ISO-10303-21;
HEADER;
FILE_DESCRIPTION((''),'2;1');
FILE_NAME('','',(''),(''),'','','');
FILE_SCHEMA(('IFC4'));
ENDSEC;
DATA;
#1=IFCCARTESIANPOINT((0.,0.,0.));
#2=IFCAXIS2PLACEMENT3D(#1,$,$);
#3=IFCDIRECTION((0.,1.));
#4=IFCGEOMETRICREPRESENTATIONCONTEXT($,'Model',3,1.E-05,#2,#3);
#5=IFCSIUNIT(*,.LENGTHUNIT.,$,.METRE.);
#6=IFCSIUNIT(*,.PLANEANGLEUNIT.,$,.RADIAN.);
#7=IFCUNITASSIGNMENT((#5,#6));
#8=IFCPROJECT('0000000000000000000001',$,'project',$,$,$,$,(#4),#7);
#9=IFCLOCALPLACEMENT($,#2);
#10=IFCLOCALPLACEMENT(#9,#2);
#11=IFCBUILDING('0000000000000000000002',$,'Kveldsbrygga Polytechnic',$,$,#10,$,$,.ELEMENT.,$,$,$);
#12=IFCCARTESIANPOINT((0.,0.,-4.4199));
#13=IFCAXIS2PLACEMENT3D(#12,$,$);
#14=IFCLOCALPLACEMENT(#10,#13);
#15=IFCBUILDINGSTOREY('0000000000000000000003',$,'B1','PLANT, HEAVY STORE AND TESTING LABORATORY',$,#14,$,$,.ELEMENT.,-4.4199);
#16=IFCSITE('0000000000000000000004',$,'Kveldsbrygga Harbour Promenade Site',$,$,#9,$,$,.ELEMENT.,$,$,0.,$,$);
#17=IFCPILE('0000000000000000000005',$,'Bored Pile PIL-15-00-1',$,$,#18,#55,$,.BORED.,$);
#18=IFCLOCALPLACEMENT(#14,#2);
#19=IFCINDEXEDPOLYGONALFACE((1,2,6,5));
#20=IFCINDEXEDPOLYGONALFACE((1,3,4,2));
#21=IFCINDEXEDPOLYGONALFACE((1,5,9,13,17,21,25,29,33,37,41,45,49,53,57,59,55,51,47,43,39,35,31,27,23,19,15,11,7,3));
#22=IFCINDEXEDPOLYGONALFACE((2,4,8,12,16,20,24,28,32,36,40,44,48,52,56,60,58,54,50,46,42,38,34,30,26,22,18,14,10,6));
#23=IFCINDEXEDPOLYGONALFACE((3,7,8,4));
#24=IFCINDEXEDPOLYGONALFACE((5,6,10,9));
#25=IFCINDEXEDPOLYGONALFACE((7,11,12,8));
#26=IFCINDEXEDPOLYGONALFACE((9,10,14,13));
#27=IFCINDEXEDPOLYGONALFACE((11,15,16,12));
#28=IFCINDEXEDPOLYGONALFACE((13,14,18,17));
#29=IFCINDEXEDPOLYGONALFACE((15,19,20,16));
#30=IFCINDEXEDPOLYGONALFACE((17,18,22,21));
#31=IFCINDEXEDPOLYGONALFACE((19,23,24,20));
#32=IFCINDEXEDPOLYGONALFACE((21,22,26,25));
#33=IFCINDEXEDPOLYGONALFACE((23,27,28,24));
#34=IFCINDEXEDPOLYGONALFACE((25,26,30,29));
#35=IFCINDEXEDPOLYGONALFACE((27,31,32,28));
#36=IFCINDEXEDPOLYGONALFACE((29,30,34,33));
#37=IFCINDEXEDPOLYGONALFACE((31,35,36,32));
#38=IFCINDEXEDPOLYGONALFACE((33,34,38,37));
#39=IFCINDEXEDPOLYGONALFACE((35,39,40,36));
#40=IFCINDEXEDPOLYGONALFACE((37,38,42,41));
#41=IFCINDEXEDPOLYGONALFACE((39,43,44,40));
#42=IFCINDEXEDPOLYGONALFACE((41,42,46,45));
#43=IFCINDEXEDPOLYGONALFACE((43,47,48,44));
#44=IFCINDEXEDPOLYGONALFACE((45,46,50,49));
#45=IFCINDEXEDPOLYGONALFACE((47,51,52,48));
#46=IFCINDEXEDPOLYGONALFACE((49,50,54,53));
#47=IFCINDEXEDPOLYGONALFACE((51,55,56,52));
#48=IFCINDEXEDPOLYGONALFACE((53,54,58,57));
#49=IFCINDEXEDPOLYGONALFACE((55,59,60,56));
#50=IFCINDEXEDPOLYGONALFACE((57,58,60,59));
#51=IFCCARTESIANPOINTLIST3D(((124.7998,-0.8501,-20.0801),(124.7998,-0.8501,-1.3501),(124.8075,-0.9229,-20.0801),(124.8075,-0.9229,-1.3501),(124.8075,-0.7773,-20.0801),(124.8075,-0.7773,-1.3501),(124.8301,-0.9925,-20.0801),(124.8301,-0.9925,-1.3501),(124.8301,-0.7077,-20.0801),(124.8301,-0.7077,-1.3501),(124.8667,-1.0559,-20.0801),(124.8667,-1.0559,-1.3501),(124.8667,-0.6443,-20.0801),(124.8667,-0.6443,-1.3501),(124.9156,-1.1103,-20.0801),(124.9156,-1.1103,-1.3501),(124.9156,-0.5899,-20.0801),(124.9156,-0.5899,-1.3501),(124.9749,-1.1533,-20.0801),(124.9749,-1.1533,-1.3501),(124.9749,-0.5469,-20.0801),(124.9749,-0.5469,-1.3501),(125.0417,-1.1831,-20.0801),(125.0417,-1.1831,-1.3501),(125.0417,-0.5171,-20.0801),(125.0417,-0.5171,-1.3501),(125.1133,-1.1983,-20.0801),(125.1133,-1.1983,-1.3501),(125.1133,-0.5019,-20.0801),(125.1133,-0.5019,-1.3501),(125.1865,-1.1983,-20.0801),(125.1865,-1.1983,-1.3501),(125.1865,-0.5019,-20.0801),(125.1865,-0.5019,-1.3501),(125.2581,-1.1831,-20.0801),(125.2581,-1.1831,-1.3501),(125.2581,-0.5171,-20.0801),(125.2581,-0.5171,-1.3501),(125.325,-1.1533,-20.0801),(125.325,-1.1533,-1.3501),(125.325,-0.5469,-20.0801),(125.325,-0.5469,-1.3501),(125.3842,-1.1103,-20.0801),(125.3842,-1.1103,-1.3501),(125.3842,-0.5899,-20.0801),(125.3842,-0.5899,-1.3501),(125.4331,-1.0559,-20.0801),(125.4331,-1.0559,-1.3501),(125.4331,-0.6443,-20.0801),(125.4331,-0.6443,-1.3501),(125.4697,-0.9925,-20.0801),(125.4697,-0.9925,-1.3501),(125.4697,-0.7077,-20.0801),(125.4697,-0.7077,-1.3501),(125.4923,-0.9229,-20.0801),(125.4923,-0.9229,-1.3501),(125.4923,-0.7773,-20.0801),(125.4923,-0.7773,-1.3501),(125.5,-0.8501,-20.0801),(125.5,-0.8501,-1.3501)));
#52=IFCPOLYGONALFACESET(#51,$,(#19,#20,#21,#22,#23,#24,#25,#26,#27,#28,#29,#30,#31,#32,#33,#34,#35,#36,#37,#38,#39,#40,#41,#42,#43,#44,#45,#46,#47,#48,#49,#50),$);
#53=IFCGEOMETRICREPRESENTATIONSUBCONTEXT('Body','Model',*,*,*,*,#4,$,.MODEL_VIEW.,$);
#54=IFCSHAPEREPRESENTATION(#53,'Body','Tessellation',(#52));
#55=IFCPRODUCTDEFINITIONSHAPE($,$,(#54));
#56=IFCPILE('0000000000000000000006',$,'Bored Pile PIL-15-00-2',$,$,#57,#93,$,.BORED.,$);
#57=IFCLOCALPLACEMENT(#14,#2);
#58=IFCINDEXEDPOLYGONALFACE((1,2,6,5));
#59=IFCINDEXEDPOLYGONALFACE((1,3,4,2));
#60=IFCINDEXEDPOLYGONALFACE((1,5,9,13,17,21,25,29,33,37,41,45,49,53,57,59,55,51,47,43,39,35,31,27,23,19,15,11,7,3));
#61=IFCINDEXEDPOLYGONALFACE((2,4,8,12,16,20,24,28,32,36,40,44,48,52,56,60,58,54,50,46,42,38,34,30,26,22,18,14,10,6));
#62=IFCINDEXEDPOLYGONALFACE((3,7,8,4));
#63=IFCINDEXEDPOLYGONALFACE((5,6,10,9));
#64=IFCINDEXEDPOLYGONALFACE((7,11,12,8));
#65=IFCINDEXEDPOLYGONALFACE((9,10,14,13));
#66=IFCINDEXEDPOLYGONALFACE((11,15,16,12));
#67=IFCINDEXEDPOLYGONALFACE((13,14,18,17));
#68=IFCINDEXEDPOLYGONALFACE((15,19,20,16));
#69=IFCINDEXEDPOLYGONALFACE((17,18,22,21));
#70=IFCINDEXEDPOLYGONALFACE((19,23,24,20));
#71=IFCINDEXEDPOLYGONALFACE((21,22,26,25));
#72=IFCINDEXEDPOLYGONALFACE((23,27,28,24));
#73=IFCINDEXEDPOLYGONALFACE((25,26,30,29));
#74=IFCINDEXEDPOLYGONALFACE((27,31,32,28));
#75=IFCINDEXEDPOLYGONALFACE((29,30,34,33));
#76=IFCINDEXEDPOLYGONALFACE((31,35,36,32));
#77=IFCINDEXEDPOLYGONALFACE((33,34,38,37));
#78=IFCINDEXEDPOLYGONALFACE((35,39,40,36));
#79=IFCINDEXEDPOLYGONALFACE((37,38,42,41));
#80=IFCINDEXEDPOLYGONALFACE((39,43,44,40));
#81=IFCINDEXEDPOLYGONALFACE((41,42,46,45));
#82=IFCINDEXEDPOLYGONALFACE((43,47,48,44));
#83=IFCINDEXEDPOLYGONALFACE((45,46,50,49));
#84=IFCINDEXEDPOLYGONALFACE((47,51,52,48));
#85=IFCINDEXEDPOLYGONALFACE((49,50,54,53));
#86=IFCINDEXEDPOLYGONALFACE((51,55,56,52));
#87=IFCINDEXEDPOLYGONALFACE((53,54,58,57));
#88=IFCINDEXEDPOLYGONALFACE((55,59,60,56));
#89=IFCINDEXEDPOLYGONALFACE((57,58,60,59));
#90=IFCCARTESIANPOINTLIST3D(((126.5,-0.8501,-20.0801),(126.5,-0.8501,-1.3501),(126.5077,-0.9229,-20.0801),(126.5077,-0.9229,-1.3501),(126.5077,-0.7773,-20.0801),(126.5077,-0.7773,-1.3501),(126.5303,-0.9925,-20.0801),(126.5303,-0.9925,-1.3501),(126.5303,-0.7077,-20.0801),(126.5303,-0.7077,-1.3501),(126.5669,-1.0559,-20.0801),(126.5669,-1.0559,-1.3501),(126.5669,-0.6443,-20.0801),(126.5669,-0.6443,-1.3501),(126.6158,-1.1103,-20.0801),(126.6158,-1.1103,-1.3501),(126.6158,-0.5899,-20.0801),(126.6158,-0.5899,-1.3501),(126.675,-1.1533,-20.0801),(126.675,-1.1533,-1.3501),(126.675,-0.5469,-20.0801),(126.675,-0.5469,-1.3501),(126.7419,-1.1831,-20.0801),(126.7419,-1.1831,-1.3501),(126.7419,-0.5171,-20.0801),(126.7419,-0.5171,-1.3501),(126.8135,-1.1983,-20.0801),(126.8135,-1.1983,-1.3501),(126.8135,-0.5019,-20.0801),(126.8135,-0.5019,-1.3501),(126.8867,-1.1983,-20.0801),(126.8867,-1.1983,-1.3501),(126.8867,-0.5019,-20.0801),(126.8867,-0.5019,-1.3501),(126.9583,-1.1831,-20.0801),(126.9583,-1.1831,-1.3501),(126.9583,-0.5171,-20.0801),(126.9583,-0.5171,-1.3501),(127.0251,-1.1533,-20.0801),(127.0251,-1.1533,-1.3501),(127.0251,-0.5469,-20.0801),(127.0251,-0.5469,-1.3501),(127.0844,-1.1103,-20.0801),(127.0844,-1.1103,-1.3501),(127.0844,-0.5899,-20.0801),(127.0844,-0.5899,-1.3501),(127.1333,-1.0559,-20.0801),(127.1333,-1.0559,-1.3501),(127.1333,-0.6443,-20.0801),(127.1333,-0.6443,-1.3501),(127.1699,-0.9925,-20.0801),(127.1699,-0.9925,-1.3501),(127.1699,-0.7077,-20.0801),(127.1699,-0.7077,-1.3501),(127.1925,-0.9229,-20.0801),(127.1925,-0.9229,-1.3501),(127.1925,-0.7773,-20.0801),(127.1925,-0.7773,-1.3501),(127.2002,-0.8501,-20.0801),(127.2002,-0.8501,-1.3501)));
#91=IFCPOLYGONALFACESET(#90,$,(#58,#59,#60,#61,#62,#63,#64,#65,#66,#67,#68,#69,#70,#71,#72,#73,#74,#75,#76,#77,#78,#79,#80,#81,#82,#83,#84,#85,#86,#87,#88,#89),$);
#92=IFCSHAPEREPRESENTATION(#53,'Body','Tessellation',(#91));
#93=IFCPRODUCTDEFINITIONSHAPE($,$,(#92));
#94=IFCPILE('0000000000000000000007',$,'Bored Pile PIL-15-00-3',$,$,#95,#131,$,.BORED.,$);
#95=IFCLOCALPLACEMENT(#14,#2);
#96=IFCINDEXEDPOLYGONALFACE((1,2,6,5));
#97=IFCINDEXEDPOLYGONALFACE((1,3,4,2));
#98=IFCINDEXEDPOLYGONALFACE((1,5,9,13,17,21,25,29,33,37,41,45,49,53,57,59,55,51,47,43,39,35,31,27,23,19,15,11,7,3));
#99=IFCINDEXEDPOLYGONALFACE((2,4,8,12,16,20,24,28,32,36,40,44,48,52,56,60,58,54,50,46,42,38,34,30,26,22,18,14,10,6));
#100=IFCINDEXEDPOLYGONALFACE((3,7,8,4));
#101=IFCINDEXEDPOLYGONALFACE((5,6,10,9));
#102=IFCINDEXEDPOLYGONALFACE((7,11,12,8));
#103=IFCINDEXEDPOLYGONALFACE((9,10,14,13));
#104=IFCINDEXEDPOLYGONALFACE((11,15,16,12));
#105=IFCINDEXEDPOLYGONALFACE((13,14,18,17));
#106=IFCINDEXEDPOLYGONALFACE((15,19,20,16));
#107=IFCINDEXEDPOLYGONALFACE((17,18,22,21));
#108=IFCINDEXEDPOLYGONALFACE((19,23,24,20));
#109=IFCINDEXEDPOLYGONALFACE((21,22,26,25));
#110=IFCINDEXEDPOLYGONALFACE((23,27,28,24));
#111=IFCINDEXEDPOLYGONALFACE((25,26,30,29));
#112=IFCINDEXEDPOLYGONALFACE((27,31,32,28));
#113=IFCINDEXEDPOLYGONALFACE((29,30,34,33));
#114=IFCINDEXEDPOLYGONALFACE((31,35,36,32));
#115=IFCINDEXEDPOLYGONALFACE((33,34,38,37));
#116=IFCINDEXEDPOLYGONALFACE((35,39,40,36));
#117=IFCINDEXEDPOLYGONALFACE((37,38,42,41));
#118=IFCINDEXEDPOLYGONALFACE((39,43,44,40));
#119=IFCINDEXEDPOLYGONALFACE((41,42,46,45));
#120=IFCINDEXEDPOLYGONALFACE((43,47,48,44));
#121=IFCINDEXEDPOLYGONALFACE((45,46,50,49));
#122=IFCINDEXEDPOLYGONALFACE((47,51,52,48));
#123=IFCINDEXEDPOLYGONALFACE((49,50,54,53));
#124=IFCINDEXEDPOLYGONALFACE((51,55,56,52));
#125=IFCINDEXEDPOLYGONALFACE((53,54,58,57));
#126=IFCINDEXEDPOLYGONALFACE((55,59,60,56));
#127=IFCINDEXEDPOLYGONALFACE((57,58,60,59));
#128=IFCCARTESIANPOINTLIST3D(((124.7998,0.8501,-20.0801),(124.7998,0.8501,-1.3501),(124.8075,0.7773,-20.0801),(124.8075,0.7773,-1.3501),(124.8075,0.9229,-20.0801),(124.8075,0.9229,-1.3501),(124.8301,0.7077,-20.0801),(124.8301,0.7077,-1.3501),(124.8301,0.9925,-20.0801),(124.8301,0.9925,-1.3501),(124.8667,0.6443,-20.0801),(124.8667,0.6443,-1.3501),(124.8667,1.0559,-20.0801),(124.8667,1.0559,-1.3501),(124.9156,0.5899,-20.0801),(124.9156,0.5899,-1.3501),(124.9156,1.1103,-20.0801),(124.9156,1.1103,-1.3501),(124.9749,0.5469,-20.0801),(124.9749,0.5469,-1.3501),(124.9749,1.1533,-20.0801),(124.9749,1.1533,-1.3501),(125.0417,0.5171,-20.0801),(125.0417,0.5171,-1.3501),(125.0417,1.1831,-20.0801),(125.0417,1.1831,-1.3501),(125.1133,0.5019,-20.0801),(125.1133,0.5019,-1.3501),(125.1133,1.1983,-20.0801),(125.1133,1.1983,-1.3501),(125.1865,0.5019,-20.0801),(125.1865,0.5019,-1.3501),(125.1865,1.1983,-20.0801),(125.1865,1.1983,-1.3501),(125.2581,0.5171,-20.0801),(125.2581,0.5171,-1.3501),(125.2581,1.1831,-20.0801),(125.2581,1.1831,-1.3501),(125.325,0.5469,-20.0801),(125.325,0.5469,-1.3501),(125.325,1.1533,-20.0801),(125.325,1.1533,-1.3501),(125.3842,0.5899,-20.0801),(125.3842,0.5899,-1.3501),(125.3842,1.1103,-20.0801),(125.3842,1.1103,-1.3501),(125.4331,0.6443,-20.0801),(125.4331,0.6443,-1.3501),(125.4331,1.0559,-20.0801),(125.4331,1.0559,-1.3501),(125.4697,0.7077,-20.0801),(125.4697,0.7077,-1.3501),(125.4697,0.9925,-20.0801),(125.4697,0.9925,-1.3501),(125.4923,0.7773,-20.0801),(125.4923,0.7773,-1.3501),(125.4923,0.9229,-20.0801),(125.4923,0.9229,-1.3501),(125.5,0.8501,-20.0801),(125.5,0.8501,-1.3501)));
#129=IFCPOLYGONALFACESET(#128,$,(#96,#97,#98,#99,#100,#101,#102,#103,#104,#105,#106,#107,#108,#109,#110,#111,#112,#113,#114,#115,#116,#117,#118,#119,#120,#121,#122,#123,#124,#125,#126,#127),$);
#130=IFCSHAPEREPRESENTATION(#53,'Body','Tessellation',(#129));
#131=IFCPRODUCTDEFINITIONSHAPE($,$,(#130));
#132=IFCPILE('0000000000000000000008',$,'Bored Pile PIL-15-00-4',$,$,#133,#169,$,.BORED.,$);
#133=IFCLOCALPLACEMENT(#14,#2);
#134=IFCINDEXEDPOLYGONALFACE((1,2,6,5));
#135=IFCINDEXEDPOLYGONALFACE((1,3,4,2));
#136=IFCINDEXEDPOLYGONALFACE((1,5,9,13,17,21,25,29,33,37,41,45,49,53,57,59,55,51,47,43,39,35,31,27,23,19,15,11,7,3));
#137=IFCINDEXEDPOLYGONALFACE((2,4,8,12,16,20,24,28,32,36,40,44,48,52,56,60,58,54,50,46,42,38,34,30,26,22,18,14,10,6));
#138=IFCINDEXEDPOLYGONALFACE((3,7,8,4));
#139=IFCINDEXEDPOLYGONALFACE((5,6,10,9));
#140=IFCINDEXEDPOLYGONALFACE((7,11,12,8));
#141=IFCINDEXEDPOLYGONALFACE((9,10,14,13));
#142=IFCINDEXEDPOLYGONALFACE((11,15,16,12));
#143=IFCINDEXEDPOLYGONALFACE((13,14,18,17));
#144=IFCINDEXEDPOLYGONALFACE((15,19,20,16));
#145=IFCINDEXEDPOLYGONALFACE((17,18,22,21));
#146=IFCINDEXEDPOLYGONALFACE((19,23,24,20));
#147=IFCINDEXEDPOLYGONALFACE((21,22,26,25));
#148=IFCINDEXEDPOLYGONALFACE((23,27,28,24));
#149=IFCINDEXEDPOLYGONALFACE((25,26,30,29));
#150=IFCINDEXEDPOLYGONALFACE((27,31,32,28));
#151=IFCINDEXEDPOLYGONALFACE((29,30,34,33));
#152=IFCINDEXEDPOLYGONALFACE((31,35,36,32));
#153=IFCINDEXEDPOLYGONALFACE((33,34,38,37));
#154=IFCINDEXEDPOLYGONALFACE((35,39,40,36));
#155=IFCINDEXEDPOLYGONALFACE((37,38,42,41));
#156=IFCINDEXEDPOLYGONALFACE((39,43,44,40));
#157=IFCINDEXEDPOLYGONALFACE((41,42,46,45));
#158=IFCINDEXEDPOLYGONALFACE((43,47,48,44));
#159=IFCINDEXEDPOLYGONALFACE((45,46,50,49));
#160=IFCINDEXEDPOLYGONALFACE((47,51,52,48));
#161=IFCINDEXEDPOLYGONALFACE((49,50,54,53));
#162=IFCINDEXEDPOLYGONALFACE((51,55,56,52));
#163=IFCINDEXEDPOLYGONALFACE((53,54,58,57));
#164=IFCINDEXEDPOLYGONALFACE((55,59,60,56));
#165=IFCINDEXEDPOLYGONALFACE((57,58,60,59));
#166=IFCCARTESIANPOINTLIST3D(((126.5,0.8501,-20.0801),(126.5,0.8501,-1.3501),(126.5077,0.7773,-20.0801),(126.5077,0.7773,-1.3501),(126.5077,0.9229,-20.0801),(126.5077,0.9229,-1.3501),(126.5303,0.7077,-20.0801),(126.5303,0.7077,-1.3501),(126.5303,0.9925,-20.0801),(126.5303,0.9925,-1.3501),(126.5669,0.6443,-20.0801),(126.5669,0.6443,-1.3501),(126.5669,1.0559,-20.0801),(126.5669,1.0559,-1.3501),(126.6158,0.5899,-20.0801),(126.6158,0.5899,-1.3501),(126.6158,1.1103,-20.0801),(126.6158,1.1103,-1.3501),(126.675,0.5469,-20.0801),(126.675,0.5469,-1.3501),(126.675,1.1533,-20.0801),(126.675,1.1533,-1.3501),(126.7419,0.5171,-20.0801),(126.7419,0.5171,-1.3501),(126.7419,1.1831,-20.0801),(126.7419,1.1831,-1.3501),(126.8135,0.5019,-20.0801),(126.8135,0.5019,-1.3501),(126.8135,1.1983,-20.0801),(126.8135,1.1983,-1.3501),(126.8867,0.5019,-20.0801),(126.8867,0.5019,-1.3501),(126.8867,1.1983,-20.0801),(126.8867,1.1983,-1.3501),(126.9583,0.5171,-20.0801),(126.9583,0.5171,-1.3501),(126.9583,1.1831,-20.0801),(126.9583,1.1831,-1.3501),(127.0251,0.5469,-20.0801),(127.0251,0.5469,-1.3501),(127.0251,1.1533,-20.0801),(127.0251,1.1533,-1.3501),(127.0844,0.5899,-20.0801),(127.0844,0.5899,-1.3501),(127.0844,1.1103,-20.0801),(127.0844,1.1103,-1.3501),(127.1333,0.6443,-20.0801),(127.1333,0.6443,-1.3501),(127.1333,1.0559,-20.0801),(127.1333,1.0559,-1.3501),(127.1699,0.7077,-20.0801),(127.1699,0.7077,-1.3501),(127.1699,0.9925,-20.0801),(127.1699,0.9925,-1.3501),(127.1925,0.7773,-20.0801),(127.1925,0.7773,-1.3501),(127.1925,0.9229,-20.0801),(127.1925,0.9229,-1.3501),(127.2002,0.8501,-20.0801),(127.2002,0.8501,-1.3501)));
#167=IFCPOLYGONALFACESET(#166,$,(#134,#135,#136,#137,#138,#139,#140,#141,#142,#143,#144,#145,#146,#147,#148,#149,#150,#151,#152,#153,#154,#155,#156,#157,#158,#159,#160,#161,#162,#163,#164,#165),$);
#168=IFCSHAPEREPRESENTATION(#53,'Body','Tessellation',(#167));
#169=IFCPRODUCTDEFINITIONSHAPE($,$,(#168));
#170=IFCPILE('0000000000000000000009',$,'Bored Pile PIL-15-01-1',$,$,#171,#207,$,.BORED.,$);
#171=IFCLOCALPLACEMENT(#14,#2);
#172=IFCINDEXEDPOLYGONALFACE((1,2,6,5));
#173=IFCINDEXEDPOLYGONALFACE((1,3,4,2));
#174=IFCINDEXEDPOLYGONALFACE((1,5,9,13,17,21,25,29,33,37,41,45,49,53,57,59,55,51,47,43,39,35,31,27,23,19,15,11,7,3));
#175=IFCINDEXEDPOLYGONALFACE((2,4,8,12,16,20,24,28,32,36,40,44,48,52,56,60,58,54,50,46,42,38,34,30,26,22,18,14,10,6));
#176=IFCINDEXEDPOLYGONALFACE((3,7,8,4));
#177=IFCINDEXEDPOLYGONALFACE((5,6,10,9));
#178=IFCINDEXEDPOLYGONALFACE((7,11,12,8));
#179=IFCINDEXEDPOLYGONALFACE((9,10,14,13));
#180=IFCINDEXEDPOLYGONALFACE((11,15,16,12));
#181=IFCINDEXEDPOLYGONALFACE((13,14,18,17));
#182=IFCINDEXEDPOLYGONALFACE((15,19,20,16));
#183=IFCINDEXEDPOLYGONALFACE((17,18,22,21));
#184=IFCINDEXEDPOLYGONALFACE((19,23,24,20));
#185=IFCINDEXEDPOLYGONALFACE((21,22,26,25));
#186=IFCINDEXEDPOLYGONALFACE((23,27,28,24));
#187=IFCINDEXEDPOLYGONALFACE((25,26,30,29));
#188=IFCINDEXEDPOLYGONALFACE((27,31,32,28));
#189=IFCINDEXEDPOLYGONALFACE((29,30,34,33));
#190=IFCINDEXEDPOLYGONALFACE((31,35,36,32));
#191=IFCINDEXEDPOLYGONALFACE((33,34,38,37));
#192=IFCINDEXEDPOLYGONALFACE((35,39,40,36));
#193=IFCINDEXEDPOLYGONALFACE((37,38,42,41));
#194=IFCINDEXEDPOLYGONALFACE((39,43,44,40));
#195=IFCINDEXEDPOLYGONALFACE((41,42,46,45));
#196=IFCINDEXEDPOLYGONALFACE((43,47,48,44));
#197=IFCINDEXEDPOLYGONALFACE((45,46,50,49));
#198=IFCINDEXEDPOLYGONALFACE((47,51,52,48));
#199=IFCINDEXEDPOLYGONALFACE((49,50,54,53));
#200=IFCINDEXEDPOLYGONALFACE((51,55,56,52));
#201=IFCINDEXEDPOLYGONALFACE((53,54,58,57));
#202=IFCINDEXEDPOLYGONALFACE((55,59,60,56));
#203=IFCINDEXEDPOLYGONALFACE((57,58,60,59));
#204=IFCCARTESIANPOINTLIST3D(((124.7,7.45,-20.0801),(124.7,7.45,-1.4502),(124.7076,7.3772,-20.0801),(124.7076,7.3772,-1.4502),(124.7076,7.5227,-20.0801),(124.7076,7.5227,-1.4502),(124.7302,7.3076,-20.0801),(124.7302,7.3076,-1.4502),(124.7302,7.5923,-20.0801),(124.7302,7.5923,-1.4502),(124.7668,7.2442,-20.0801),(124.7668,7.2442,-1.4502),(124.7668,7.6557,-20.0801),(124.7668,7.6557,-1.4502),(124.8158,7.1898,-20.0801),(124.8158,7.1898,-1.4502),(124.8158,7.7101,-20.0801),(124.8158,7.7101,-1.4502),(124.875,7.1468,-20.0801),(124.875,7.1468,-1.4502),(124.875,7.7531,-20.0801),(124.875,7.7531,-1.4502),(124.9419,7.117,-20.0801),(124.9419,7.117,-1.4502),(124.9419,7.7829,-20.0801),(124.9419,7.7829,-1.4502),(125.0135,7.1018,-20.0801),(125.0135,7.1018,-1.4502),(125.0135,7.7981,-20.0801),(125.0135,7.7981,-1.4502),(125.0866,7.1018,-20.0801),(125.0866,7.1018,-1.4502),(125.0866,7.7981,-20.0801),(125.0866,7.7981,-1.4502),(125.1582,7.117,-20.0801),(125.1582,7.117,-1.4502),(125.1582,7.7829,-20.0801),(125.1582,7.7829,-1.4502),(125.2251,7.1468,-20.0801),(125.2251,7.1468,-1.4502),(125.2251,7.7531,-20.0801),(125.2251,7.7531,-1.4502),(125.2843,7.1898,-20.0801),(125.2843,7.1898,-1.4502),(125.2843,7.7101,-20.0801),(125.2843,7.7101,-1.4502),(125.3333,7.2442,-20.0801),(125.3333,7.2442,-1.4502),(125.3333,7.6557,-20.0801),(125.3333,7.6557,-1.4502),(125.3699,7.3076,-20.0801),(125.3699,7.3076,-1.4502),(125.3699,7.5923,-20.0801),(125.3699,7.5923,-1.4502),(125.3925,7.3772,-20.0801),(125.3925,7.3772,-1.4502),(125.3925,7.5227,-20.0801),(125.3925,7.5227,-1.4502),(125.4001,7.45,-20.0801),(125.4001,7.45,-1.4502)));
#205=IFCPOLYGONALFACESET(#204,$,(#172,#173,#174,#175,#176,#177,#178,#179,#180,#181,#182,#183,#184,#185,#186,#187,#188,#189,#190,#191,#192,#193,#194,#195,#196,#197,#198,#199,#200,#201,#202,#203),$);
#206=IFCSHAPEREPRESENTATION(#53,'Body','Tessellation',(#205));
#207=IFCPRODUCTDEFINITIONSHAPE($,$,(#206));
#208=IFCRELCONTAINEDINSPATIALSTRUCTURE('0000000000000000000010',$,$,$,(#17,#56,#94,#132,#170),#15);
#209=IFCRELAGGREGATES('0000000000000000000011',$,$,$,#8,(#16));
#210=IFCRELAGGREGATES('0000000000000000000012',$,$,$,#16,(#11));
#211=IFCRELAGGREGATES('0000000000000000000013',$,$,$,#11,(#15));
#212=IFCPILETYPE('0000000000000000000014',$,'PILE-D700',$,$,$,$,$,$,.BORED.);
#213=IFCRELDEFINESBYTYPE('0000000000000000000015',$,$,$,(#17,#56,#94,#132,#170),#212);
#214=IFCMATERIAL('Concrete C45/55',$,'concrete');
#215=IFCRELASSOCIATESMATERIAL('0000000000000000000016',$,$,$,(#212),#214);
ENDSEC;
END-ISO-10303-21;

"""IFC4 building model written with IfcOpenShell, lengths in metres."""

from ifc_helpers import new_model, si_unit, direction, frame, origin, origin_2d, place, context, subcontext, project, spatial, circle, extrude, material, material_profile, profile_set, type_object, element, save


model = new_model("IFC4")

# Units and contexts
model_context = context("Model", 3, precision=1e-05, world=origin(), true_north=direction((0.0, 1.0)))
body_context = subcontext(model_context, "Body", "Model", "MODEL_VIEW")
ifc_project = project(units=[si_unit("LENGTHUNIT", "METRE"), si_unit("PLANEANGLEUNIT", "RADIAN")], contexts=[model_context])

# Site, building, storey
site_placement = place(None, origin())
site = spatial("IfcSite", under=ifc_project, at=site_placement, Name="Kveldsbrygga Harbour Promenade Site", CompositionType="ELEMENT", RefElevation=0.0)
building_placement = place(site_placement, origin())
building = spatial("IfcBuilding", under=site, at=building_placement, Name="Kveldsbrygga Polytechnic", CompositionType="ELEMENT")
storey_placement = place(building_placement, frame((0.0, 0.0, -4.4199)))
storey = spatial("IfcBuildingStorey", under=building, at=storey_placement, Name="B1", Description="PLANT, HEAVY STORE AND TESTING LABORATORY", CompositionType="ELEMENT", Elevation=-4.4199)

# Shared definitions
ifc_material_1 = material(Name="Concrete C45/55", Category="concrete")

# Piles
ifc_material_profile_1 = material_profile(ifc_material_1, circle(Radius=0.3501, at=origin_2d()), Name="PILE D700")
ifc_profile_set_1 = profile_set([ifc_material_profile_1], Name="Concrete C45/55")
pile_type = type_object("IfcPileType", Name="PILE-D700", PredefinedType="BORED", material=ifc_profile_set_1)
for number, where, z_axis, x_axis, name in (
    (1, (125.1499, -0.8501, -1.3501), (0.0, 0.0, -1.0), (1.0, 0.0, 0.0), "Bored Pile PIL-15-00-1"),
    (2, (126.8501, -0.8501, -1.3501), (0.0, 0.0, -1.0), (1.0, 0.0, 0.0), "Bored Pile PIL-15-00-2"),
    (3, (125.1499, 0.8501, -1.3501), (0.0, 0.0, -1.0), (1.0, 0.0, 0.0), "Bored Pile PIL-15-00-3"),
    (4, (126.8501, 0.8501, -1.3501), (0.0, 0.0, -1.0), (1.0, 0.0, 0.0), "Bored Pile PIL-15-00-4"),
):
    element("IfcPile", number, at=place(storey_placement, frame(where, z_axis=z_axis, x_axis=x_axis)), inside=storey, type_object=pile_type, Name=name, PredefinedType="BORED", context=body_context, shape_type="SweptSolid", body=[
        extrude(circle(Radius=0.3501, at=origin_2d()), origin(), (0.0, 0.0, 1.0), 18.73),
    ])
for number, where, z_axis, x_axis, name in (
    (5, (125.05, 7.45, -1.4502), (0.0, 0.0, -1.0), (1.0, 0.0, 0.0), "Bored Pile PIL-15-01-1"),
):
    element("IfcPile", number, at=place(storey_placement, frame(where, z_axis=z_axis, x_axis=x_axis)), inside=storey, type_object=pile_type, Name=name, PredefinedType="BORED", context=body_context, shape_type="SweptSolid", body=[
        extrude(circle(Radius=0.3501, at=origin_2d()), origin(), (0.0, 0.0, 1.0), 18.6299),
    ])

save(model, "model.ifc")
